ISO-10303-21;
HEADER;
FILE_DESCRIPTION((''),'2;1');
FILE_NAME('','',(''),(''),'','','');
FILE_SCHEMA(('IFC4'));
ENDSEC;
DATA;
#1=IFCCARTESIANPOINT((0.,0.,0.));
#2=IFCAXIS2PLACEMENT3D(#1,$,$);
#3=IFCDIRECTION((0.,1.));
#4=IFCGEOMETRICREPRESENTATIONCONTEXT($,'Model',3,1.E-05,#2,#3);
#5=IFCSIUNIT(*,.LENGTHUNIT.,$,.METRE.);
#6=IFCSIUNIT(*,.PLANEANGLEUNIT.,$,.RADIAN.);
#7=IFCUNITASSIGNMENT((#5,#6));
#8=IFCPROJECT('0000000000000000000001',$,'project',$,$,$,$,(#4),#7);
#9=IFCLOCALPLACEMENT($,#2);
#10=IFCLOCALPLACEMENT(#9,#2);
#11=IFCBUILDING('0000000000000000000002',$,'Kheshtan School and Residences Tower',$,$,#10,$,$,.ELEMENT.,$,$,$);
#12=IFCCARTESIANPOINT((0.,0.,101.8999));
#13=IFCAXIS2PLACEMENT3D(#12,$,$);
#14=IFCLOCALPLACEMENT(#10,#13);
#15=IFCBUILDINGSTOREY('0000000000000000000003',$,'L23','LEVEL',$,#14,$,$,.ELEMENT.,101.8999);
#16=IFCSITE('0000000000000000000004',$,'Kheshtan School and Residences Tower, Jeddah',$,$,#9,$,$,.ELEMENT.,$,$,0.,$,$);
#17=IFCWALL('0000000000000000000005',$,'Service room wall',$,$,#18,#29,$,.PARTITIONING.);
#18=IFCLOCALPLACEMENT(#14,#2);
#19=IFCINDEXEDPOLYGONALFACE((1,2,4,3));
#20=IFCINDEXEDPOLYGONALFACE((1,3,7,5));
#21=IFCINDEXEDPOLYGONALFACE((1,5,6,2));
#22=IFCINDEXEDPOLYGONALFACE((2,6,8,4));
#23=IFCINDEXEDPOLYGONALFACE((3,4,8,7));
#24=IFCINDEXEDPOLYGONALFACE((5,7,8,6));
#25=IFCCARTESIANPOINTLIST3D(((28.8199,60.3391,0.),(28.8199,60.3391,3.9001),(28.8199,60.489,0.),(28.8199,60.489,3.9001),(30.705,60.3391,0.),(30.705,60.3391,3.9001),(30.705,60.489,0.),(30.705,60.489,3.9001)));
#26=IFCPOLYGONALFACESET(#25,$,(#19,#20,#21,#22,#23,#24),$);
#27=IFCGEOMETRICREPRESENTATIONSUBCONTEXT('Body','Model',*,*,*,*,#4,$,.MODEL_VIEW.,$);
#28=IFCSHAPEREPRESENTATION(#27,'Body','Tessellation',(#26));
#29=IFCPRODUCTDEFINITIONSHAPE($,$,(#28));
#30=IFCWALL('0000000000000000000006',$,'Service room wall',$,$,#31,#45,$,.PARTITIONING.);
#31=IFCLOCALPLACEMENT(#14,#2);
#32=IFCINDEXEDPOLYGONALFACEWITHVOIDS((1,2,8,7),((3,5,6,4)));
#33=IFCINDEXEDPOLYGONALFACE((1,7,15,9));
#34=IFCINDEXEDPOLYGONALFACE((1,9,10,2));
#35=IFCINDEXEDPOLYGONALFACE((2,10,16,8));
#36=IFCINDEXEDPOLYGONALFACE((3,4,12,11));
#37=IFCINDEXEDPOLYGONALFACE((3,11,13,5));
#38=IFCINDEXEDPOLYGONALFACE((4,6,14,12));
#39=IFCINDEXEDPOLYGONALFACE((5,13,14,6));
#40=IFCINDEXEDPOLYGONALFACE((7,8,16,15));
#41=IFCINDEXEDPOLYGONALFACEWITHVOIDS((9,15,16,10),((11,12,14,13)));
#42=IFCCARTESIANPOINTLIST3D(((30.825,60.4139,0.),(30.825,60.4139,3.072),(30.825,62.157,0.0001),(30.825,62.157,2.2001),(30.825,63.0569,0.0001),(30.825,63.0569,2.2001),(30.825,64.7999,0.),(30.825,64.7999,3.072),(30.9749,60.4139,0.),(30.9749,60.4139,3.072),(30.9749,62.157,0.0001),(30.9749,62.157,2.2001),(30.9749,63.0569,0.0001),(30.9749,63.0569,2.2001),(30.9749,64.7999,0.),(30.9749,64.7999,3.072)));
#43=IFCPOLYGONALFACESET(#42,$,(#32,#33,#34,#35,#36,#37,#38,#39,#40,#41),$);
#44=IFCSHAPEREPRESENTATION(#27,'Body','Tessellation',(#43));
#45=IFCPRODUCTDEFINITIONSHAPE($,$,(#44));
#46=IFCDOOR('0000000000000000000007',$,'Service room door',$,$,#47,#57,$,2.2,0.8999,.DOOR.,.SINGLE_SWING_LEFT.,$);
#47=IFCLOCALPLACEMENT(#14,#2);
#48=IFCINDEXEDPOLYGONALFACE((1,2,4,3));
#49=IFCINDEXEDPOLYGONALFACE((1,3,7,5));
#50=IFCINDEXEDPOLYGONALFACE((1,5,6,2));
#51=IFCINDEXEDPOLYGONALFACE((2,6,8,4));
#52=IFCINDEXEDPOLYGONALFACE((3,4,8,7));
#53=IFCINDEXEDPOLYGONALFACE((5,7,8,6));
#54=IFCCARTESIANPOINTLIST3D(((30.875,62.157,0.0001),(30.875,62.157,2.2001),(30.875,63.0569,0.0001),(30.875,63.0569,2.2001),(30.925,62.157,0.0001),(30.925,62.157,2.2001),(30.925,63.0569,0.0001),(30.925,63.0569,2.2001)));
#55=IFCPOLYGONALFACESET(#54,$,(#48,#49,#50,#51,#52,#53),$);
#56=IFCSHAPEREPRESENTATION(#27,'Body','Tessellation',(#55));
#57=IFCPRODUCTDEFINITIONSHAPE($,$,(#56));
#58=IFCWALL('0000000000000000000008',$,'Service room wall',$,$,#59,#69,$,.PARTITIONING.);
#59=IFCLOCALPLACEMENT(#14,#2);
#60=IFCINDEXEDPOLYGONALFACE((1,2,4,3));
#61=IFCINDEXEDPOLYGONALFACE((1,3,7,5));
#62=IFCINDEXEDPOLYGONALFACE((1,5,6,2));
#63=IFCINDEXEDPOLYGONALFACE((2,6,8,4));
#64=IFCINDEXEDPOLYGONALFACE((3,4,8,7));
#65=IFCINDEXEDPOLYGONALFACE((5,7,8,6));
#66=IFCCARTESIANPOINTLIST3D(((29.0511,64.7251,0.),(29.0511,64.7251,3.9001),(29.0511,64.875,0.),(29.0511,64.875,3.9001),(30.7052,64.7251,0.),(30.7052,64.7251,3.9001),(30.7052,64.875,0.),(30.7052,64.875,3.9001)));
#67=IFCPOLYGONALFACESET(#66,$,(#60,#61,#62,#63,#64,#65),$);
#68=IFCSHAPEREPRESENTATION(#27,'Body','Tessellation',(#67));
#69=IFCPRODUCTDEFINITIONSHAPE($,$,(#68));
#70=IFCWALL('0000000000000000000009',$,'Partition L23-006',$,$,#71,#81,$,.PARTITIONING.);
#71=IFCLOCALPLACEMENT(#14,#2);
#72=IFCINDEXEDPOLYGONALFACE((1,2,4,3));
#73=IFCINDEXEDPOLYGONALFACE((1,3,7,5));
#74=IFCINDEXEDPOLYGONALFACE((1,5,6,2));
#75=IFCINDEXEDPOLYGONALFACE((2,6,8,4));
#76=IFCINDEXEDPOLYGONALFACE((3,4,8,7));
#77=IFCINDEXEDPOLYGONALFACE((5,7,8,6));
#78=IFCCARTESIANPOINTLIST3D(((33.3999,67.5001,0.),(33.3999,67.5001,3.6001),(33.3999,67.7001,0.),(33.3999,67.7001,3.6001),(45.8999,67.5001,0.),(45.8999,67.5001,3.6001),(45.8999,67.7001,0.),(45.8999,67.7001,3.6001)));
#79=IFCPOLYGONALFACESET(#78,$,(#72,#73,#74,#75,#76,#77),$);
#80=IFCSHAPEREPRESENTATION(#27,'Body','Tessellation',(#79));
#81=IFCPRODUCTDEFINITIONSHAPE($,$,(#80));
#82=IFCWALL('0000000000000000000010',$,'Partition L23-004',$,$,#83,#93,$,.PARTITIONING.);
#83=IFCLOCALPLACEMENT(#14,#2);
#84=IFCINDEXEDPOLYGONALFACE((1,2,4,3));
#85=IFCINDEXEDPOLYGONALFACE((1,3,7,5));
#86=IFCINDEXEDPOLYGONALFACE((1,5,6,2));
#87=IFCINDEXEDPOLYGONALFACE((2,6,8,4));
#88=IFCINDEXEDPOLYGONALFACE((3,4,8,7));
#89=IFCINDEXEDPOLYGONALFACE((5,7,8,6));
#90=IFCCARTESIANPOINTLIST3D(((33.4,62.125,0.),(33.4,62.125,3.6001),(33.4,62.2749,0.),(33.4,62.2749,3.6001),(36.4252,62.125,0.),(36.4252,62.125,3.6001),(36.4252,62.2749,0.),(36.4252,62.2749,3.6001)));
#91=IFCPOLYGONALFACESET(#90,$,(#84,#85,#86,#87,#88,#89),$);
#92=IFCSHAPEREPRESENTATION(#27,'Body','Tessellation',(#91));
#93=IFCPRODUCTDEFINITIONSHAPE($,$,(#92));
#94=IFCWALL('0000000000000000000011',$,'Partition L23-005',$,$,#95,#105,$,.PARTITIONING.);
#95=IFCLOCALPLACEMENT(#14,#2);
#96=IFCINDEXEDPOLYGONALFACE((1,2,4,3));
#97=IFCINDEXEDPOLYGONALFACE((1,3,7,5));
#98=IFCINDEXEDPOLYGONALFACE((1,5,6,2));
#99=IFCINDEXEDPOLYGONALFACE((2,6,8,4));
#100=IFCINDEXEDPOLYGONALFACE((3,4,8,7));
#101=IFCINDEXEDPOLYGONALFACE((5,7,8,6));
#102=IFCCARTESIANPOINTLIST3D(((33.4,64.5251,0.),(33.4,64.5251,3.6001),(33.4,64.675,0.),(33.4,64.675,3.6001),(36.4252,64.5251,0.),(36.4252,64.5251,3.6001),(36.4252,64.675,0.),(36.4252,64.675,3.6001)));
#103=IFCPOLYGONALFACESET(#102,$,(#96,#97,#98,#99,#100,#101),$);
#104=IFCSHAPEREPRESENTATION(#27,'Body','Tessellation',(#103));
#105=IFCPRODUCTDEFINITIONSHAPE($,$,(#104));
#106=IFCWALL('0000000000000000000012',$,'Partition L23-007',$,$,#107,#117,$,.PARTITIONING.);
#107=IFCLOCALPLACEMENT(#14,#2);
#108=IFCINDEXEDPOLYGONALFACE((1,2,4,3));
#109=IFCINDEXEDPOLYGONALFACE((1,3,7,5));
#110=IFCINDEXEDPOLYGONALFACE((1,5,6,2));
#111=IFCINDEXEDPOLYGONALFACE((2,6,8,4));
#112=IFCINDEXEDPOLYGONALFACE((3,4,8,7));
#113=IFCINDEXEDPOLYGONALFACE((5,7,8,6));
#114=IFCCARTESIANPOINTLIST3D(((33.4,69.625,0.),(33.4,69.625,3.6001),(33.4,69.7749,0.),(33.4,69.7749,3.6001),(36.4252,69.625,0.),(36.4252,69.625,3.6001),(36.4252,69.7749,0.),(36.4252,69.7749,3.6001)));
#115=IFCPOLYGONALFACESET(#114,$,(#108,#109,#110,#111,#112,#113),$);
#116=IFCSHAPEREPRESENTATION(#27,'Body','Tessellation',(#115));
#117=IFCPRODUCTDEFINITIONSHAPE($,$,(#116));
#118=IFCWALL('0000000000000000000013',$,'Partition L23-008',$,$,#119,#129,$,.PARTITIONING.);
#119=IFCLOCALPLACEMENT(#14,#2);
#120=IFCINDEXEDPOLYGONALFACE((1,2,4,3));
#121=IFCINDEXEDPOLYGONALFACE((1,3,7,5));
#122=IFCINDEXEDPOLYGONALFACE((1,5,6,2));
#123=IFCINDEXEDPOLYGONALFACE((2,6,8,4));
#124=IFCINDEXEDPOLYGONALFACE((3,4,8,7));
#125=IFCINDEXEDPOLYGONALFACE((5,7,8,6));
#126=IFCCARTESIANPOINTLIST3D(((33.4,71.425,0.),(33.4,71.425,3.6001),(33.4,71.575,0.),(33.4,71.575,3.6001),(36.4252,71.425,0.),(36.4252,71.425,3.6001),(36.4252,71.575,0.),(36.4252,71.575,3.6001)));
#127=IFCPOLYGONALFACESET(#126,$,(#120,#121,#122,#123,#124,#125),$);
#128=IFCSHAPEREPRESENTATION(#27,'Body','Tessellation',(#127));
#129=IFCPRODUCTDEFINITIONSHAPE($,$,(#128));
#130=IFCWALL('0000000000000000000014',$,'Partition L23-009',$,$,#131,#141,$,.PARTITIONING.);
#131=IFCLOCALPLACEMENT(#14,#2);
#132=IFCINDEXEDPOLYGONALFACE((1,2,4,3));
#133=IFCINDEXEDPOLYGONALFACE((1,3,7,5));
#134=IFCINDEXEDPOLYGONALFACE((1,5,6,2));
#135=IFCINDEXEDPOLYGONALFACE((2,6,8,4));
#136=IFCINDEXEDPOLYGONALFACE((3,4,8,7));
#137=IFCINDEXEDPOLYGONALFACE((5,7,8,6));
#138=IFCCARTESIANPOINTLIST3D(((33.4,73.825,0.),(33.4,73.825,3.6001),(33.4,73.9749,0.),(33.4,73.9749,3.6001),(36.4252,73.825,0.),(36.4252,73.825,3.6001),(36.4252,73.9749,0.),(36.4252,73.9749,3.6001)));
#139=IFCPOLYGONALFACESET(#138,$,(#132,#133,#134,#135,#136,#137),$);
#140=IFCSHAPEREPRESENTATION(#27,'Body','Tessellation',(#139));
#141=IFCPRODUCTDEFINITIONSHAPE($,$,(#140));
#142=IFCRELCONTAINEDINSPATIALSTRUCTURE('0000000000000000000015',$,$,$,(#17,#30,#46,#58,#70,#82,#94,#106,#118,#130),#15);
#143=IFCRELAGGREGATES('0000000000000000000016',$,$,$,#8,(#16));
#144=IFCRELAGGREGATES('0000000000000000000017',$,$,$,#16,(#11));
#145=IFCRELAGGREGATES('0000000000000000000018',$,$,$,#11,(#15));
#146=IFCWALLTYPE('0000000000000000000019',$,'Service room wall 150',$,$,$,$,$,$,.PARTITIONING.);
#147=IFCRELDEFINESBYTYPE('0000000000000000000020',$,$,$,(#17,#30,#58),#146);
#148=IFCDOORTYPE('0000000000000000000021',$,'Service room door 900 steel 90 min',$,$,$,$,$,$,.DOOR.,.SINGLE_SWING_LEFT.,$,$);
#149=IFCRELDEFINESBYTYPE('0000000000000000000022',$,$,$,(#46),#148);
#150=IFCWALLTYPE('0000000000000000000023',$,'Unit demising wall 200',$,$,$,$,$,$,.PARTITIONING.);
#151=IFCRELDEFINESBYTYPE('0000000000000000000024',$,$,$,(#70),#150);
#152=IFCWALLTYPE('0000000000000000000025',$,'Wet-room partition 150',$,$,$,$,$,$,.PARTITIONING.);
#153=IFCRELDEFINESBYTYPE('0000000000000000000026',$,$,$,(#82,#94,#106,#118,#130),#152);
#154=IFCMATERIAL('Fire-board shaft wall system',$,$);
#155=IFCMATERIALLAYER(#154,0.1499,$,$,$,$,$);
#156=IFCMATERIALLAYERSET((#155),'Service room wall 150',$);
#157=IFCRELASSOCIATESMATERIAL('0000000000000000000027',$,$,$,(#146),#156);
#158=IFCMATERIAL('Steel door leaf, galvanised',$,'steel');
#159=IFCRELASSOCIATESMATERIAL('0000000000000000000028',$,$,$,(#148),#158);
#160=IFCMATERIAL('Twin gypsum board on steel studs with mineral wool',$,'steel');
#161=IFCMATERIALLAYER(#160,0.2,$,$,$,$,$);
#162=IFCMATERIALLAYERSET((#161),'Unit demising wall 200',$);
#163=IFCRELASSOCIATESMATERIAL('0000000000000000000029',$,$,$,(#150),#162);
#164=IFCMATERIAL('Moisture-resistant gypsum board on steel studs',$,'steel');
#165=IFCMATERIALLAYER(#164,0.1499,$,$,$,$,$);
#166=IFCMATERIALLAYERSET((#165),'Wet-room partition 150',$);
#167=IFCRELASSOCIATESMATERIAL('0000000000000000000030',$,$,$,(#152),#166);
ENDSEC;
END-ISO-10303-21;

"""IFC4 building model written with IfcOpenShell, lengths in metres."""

from ifc_helpers import new_model, si_unit, direction, frame, frame_2d, origin, place, context, subcontext, project, spatial, rectangle, extrude, source, transform, mapped, material, layer, layer_set, type_object, element, fill, save


model = new_model("IFC4")

# Units and contexts
model_context = context("Model", 3, precision=1e-05, world=origin(), true_north=direction((0.0, 1.0)))
body_context = subcontext(model_context, "Body", "Model", "MODEL_VIEW")
ifc_project = project(units=[si_unit("LENGTHUNIT", "METRE"), si_unit("PLANEANGLEUNIT", "RADIAN")], contexts=[model_context])

# Site, building, storey
site_placement = place(None, origin())
site = spatial("IfcSite", under=ifc_project, at=site_placement, Name="Kheshtan School and Residences Tower, Jeddah", CompositionType="ELEMENT", RefElevation=0.0)
building_placement = place(site_placement, origin())
building = spatial("IfcBuilding", under=site, at=building_placement, Name="Kheshtan School and Residences Tower", CompositionType="ELEMENT")
storey_placement = place(building_placement, frame((0.0, 0.0, 101.8999)))
storey = spatial("IfcBuildingStorey", under=building, at=storey_placement, Name="L23", Description="LEVEL", CompositionType="ELEMENT", Elevation=101.8999)

# Wall
ifc_material_1 = material(Name="Fire-board shaft wall system")
ifc_layer_1 = layer(ifc_material_1, 0.1499)
ifc_layer_set_1 = layer_set([ifc_layer_1], Name="Service room wall 150")
wall_type_1 = type_object("IfcWallType", Name="Service room wall 150", PredefinedType="PARTITIONING", material=ifc_layer_set_1)
wall_1_placement = place(storey_placement, frame((28.8201, 60.4141, 0.0), z_axis=(0.0, 0.0, 1.0), x_axis=(1.0, 0.0, 0.0)))
element("IfcWall", 1, at=wall_1_placement, inside=storey, type_object=wall_type_1, Name="Service room wall", PredefinedType="PARTITIONING", context=body_context, shape_type="SweptSolid", body=[
    extrude(rectangle(XDim=1.885, YDim=0.1499, at=frame_2d((0.9424, 0.0))), origin(), (0.0, 0.0, 1.0), 3.9001),
])

# Wall, opening, door
wall_2_placement = place(storey_placement, frame((30.8999, 60.4141, 0.0), z_axis=(0.0, 0.0, 1.0), x_axis=(0.0, 1.0, 0.0)))
wall_2 = element("IfcWall", 2, at=wall_2_placement, inside=storey, type_object=wall_type_1, Name="Service room wall", PredefinedType="PARTITIONING", context=body_context, shape_type="SweptSolid", body=[
    extrude(rectangle(XDim=4.386, YDim=0.1499, at=frame_2d((2.1929, 0.0))), origin(), (0.0, 0.0, 1.0), 3.072),
])
opening_1_placement = place(wall_2_placement, frame((1.7429, 0.0, 0.0)))
opening_1 = element("IfcOpeningElement", 3, at=opening_1_placement, cuts=wall_2, PredefinedType="OPENING", context=body_context, shape_type="SweptSolid", body=[
    extrude(rectangle(XDim=0.8999, YDim=2.2, at=frame_2d((0.45, 1.1001))), frame((0.0, 0.085, 0.0), z_axis=(0.0, -1.0, 0.0), x_axis=(1.0, 0.0, 0.0)), (0.0, 0.0, 1.0), 0.1699),
])
ifc_material_2 = material(Name="Steel door leaf, galvanised", Category="steel")
door_type_1 = type_object("IfcDoorType", Name="Service room door 900 steel 90 min", OperationType="SINGLE_SWING_LEFT", PredefinedType="DOOR", material=ifc_material_2)
shared_shape_1 = source(origin(), body_context, "Body", "SweptSolid", [
    extrude(rectangle(XDim=0.8999, YDim=2.2, at=frame_2d((0.45, 1.1001))), frame((0.0, 0.0249, 0.0), z_axis=(0.0, -1.0, 0.0), x_axis=(1.0, 0.0, 0.0)), (0.0, 0.0, 1.0), 0.05),
])
door_1_placement = place(opening_1_placement, origin())
door_1 = element("IfcDoor", 4, at=door_1_placement, inside=storey, type_object=door_type_1, Name="Service room door", OperationType="SINGLE_SWING_LEFT", OverallHeight=2.2, OverallWidth=0.8999, PredefinedType="DOOR", context=body_context, shape_type="MappedRepresentation", body=[
    mapped(shared_shape_1, transform((0.0, 0.0, 0.0), x_axis=(1.0, 0.0, 0.0), y_axis=(0.0, 1.0, 0.0), z_axis=(0.0, 0.0, 1.0), scale=1.0)),
])
fill(opening_1, door_1)

# Walls
wall_3_placement = place(storey_placement, frame((29.051, 64.8, 0.0), z_axis=(0.0, 0.0, 1.0), x_axis=(1.0, 0.0, 0.0)))
element("IfcWall", 5, at=wall_3_placement, inside=storey, type_object=wall_type_1, Name="Service room wall", PredefinedType="PARTITIONING", context=body_context, shape_type="SweptSolid", body=[
    extrude(rectangle(XDim=1.6541, YDim=0.1499, at=frame_2d((0.8271, 0.0))), origin(), (0.0, 0.0, 1.0), 3.9001),
])
ifc_material_3 = material(Name="Twin gypsum board on steel studs with mineral wool", Category="steel")
ifc_layer_2 = layer(ifc_material_3, 0.2)
ifc_layer_set_2 = layer_set([ifc_layer_2], Name="Unit demising wall 200")
wall_type_2 = type_object("IfcWallType", Name="Unit demising wall 200", PredefinedType="PARTITIONING", material=ifc_layer_set_2)
wall_4_placement = place(storey_placement, frame((33.3999, 67.6001, 0.0), z_axis=(0.0, 0.0, 1.0), x_axis=(1.0, 0.0, 0.0)))
element("IfcWall", 6, at=wall_4_placement, inside=storey, type_object=wall_type_2, Name="Partition L23-006", PredefinedType="PARTITIONING", context=body_context, shape_type="SweptSolid", body=[
    extrude(rectangle(XDim=12.5, YDim=0.2, at=frame_2d((6.25, 0.0))), origin(), (0.0, 0.0, 1.0), 3.6001),
])
ifc_material_4 = material(Name="Moisture-resistant gypsum board on steel studs", Category="steel")
ifc_layer_3 = layer(ifc_material_4, 0.1499)
ifc_layer_set_3 = layer_set([ifc_layer_3], Name="Wet-room partition 150")
wall_type_3 = type_object("IfcWallType", Name="Wet-room partition 150", PredefinedType="PARTITIONING", material=ifc_layer_set_3)
for number, where, z_axis, x_axis, name in (
    (7, (33.3999, 62.2, 0.0), (0.0, 0.0, 1.0), (1.0, 0.0, 0.0), "Partition L23-004"),
    (8, (33.3999, 64.6001, 0.0), (0.0, 0.0, 1.0), (1.0, 0.0, 0.0), "Partition L23-005"),
    (9, (33.3999, 69.7, 0.0), (0.0, 0.0, 1.0), (1.0, 0.0, 0.0), "Partition L23-007"),
    (10, (33.3999, 71.5, 0.0), (0.0, 0.0, 1.0), (1.0, 0.0, 0.0), "Partition L23-008"),
    (11, (33.3999, 73.8999, 0.0), (0.0, 0.0, 1.0), (1.0, 0.0, 0.0), "Partition L23-009"),
):
    element("IfcWall", number, at=place(storey_placement, frame(where, z_axis=z_axis, x_axis=x_axis)), inside=storey, type_object=wall_type_3, Name=name, PredefinedType="PARTITIONING", context=body_context, shape_type="SweptSolid", body=[
        extrude(rectangle(XDim=3.0251, YDim=0.1499, at=frame_2d((1.5127, 0.0))), origin(), (0.0, 0.0, 1.0), 3.6001),
    ])

save(model, "model.ifc")
